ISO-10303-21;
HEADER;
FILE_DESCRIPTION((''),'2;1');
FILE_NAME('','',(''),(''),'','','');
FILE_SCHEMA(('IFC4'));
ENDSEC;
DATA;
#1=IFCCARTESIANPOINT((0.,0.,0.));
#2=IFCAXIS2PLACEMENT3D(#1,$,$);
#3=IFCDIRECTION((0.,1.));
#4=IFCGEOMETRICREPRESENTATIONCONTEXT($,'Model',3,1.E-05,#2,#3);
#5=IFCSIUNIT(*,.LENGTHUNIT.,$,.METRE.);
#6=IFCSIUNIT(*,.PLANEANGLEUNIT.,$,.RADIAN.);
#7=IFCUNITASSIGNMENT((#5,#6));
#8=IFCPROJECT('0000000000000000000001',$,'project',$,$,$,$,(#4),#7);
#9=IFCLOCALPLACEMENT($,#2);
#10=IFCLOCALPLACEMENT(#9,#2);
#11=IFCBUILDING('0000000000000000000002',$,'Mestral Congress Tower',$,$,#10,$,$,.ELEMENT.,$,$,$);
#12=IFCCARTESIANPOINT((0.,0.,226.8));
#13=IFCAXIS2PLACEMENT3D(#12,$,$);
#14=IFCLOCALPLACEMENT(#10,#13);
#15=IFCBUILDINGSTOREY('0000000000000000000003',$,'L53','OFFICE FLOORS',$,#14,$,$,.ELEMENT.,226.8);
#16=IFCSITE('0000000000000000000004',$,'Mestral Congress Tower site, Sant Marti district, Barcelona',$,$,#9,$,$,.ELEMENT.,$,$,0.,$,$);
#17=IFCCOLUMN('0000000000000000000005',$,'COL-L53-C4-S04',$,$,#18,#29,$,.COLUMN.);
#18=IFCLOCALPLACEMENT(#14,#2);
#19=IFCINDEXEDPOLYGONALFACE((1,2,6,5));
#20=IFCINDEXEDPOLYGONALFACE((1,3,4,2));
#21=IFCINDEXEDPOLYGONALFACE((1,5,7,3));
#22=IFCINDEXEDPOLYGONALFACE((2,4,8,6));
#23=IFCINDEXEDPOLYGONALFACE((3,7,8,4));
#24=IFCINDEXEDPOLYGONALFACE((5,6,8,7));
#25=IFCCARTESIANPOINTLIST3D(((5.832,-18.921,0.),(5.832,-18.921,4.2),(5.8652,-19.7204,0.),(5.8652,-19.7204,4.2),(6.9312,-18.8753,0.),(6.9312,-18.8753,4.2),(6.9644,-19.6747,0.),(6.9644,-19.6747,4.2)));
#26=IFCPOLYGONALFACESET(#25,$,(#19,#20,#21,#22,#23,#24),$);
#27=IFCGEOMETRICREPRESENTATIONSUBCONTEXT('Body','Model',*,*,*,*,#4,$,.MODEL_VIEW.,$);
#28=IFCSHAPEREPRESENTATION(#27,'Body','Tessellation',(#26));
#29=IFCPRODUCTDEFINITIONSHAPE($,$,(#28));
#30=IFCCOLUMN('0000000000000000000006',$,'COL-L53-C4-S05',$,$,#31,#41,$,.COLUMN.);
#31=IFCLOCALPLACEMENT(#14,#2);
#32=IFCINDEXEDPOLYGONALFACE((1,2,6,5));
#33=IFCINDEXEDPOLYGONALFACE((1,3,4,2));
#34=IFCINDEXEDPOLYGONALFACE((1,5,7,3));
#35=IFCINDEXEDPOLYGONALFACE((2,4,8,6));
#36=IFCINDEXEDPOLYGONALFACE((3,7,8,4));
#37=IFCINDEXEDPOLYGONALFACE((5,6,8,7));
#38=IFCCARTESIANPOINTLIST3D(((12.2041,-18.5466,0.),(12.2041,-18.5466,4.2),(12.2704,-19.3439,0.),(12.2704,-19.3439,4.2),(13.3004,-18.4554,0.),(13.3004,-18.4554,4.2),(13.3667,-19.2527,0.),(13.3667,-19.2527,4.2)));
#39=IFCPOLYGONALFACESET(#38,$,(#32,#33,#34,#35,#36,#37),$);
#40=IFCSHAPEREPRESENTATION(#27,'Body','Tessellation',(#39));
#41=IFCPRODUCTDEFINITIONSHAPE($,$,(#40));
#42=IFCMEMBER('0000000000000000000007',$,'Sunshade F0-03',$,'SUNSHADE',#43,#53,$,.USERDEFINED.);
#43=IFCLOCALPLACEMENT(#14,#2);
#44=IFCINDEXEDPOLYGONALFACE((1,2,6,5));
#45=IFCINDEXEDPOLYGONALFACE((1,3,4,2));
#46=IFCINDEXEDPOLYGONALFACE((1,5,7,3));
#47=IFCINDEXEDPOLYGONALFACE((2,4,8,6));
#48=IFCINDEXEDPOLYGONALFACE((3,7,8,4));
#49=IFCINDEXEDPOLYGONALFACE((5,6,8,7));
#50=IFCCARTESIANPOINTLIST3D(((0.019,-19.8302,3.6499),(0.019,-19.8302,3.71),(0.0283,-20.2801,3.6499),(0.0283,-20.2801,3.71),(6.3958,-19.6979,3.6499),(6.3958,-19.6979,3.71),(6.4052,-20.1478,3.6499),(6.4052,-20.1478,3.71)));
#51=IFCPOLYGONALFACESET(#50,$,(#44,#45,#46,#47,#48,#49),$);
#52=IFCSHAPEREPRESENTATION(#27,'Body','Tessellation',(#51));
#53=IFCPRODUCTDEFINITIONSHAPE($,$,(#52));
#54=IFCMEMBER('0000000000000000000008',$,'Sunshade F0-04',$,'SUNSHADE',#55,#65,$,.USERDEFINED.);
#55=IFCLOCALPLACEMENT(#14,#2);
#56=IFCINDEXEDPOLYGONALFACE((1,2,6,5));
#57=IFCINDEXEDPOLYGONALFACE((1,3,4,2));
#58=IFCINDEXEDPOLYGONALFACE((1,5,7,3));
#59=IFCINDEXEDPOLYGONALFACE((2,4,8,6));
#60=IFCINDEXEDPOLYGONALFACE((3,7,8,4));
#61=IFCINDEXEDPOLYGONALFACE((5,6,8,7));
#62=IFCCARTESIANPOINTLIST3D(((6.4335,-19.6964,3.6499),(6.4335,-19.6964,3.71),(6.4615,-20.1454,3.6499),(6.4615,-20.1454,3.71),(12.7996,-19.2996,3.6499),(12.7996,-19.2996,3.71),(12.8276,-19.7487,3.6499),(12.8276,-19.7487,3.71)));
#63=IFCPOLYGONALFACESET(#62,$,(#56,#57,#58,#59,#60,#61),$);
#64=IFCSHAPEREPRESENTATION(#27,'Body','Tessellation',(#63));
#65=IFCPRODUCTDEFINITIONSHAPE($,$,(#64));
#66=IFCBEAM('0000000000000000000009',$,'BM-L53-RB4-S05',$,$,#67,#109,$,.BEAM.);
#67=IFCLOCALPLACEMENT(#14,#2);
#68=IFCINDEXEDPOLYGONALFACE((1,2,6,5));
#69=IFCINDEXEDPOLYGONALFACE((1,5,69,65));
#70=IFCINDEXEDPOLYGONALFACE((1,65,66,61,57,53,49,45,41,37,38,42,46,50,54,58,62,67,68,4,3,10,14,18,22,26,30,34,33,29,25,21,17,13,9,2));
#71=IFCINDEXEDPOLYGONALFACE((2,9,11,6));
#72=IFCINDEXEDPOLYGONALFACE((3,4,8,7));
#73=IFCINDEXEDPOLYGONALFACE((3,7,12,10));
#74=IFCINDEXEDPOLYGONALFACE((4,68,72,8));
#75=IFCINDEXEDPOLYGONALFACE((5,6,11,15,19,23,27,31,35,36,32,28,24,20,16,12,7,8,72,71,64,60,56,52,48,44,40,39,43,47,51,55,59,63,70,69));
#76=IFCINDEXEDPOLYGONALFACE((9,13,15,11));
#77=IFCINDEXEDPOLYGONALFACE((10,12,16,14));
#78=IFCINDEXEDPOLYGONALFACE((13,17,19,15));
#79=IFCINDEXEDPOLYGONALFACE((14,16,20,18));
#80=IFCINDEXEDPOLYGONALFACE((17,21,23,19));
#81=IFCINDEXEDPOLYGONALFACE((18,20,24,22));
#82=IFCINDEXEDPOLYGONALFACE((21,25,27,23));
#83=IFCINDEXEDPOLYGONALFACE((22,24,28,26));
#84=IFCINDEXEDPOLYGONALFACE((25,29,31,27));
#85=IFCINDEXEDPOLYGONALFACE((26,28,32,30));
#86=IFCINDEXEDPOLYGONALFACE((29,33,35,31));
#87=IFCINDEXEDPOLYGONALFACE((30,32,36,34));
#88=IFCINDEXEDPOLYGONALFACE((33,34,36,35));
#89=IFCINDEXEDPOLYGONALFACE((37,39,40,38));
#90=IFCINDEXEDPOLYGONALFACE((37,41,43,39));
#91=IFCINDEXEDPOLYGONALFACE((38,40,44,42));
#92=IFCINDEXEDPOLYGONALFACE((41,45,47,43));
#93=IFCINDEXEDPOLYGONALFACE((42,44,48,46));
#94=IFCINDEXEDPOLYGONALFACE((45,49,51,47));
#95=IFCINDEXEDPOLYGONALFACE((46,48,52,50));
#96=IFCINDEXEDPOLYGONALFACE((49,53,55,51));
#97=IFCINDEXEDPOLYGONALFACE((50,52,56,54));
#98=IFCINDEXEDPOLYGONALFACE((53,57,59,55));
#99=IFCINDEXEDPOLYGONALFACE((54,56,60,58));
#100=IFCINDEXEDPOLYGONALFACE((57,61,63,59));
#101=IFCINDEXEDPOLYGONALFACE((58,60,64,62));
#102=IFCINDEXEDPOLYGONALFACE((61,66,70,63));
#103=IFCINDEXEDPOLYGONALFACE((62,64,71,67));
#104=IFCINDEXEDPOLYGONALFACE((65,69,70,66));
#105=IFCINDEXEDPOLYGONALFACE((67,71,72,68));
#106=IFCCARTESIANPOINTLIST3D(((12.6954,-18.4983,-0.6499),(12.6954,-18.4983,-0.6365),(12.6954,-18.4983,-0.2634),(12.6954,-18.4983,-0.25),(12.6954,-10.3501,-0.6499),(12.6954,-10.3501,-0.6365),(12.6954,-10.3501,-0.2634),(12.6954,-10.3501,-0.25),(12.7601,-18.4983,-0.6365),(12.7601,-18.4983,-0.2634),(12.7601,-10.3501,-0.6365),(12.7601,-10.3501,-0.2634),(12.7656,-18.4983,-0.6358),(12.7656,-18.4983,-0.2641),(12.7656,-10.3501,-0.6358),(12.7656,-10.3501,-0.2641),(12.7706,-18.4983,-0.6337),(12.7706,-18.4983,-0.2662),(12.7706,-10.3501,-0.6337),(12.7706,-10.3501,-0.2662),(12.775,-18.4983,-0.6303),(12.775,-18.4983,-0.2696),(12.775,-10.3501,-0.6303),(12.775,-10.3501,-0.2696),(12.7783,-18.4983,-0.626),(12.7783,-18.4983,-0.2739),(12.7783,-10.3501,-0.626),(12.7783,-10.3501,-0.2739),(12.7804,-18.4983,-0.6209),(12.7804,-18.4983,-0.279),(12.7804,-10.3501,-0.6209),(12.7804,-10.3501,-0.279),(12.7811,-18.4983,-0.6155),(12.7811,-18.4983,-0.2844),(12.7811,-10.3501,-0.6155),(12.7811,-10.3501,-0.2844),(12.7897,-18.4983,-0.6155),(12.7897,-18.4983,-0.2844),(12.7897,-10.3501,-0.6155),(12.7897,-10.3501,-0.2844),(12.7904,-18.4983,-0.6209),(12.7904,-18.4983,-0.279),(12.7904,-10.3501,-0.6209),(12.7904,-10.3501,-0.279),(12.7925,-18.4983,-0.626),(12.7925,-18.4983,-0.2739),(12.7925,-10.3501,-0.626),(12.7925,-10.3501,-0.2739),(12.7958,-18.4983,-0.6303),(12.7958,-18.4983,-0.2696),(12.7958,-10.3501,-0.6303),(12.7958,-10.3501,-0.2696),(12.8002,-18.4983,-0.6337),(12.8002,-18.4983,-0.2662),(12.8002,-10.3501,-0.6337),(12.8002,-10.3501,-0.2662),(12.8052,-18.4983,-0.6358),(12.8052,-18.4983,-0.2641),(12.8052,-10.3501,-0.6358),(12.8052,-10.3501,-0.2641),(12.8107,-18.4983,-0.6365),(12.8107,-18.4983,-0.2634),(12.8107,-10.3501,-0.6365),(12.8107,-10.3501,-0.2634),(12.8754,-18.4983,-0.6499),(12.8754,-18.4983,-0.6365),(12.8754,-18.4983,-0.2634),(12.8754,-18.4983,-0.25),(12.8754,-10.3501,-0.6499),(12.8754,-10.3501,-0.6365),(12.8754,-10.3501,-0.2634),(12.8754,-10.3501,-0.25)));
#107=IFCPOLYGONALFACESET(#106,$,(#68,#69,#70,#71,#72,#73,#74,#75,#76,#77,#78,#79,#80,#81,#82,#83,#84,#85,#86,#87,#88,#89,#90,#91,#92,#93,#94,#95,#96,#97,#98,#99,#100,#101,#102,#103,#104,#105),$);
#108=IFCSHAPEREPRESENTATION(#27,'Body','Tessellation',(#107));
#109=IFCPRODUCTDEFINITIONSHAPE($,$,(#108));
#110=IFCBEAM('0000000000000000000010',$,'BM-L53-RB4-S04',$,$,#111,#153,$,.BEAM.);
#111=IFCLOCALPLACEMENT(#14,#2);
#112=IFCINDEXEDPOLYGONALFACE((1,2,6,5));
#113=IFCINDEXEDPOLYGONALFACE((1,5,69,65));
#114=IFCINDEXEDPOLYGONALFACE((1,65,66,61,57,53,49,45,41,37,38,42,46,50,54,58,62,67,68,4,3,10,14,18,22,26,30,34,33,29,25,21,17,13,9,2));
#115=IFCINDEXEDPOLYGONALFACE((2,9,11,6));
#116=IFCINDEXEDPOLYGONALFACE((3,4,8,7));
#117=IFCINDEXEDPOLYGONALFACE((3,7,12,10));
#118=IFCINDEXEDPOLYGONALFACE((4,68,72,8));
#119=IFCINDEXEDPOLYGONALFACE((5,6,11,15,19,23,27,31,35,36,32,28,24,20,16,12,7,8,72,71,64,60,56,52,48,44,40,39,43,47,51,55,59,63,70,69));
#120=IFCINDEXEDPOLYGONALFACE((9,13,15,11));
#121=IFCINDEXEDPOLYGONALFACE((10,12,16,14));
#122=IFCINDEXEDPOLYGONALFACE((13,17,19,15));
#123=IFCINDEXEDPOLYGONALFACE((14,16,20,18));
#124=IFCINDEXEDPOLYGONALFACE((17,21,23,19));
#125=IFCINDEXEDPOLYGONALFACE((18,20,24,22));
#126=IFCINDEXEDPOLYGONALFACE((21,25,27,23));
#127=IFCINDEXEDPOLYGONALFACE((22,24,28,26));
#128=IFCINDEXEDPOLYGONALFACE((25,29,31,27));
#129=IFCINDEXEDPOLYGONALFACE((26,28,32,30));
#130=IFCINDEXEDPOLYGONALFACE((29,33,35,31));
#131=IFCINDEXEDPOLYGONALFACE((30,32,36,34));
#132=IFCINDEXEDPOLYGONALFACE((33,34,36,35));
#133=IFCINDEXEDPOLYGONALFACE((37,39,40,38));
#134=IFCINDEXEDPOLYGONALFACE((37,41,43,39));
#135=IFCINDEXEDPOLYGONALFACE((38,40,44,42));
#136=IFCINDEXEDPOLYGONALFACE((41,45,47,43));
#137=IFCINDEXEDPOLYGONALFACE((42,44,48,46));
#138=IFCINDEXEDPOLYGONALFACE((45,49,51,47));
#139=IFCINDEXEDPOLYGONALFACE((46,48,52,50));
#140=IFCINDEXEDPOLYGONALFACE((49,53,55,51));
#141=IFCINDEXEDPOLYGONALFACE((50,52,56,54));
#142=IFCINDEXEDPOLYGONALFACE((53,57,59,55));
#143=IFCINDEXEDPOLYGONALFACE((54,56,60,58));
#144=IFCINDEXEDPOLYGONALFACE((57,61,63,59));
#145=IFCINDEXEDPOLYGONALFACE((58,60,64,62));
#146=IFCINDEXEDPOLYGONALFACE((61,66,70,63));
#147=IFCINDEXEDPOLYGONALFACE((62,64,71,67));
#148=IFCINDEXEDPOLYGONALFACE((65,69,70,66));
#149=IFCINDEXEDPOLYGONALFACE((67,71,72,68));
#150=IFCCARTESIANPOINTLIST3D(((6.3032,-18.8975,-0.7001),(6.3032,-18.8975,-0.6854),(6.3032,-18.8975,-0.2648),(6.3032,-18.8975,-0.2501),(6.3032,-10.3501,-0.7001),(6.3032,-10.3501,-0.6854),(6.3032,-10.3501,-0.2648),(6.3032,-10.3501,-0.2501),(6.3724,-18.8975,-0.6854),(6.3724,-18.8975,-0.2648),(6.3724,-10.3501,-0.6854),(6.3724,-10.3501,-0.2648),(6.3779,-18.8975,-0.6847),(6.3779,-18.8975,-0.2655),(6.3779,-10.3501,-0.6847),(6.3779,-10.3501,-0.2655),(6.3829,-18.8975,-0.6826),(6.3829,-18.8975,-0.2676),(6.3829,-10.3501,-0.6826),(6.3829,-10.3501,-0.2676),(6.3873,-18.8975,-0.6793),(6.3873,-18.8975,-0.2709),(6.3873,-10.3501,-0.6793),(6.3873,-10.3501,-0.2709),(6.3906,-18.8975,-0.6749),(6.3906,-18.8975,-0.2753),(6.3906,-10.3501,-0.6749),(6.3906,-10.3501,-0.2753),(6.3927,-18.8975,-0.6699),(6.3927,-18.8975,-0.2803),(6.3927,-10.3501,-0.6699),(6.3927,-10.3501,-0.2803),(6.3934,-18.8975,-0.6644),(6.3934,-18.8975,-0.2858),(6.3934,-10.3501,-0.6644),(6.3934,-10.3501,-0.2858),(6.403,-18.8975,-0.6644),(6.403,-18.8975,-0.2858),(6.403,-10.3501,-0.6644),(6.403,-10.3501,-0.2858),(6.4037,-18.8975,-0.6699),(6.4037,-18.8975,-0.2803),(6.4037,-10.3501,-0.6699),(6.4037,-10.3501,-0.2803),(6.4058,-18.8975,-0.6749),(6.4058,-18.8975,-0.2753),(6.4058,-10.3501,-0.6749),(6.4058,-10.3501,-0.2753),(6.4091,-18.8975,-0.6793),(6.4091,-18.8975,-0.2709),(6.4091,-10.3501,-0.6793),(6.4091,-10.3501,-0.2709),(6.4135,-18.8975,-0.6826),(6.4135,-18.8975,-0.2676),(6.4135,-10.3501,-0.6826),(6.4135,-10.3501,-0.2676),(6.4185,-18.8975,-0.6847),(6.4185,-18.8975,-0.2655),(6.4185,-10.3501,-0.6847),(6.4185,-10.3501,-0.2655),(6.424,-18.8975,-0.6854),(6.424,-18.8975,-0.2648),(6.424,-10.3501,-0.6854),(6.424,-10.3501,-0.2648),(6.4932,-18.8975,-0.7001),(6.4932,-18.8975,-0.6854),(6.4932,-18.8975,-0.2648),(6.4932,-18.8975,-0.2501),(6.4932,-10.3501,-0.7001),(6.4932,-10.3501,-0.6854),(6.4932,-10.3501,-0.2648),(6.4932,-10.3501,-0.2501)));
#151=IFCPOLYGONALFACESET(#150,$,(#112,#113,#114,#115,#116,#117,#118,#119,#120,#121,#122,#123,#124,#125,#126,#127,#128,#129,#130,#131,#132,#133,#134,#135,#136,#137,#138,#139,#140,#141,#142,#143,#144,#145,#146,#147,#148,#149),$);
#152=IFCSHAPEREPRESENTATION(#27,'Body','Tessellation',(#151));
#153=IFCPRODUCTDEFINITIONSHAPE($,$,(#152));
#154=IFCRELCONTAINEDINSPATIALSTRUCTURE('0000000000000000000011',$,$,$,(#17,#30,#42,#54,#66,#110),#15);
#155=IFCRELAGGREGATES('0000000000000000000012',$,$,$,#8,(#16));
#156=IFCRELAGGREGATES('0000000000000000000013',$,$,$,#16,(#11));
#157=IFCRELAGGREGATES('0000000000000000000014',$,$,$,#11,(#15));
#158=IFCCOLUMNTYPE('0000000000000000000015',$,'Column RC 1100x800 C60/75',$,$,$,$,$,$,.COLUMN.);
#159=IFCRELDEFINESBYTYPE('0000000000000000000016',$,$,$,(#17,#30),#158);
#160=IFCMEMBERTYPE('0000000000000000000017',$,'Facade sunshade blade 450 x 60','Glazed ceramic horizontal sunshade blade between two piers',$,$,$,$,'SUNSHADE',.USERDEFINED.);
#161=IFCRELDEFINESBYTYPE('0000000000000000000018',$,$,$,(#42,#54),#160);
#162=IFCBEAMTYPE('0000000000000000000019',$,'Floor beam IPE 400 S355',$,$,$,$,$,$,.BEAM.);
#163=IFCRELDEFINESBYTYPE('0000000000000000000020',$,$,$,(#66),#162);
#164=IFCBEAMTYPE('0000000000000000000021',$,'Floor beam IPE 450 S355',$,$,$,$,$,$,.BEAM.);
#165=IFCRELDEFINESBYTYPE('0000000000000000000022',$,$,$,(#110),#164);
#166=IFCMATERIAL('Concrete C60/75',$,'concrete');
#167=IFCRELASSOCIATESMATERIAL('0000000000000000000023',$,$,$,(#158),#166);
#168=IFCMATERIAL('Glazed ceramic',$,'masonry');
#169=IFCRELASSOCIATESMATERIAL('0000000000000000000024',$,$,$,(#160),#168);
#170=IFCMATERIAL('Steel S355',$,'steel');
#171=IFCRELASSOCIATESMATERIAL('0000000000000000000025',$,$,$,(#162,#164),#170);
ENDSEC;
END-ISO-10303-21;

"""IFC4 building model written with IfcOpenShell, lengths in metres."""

from ifc_helpers import new_model, si_unit, direction, frame, origin, origin_2d, place, context, subcontext, project, spatial, rectangle, i_section, extrude, material, material_profile, profile_set, type_object, element, save


model = new_model("IFC4")

# Units and contexts
model_context = context("Model", 3, precision=1e-05, world=origin(), true_north=direction((0.0, 1.0)))
body_context = subcontext(model_context, "Body", "Model", "MODEL_VIEW")
ifc_project = project(units=[si_unit("LENGTHUNIT", "METRE"), si_unit("PLANEANGLEUNIT", "RADIAN")], contexts=[model_context])

# Site, building, storey
site_placement = place(None, origin())
site = spatial("IfcSite", under=ifc_project, at=site_placement, Name="Mestral Congress Tower site, Sant Marti district, Barcelona", CompositionType="ELEMENT", RefElevation=0.0)
building_placement = place(site_placement, origin())
building = spatial("IfcBuilding", under=site, at=building_placement, Name="Mestral Congress Tower", CompositionType="ELEMENT")
storey_placement = place(building_placement, frame((0.0, 0.0, 226.8)))
storey = spatial("IfcBuildingStorey", under=building, at=storey_placement, Name="L53", Description="OFFICE FLOORS", CompositionType="ELEMENT", Elevation=226.8)

# Columns
ifc_material_1 = material(Name="Concrete C60/75", Category="concrete")
ifc_material_profile_1 = material_profile(ifc_material_1, rectangle(XDim=1.1001, YDim=0.8, at=origin_2d()), Name="RC 1100x800")
ifc_profile_set_1 = profile_set([ifc_material_profile_1], Name="Concrete C60/75")
column_type = type_object("IfcColumnType", Name="Column RC 1100x800 C60/75", PredefinedType="COLUMN", material=ifc_profile_set_1)
for number, where, z_axis, x_axis, name in (
    (1, (6.3982, -19.2979, 0.0), (0.0, 0.0, 1.0), (0.999139, 0.041492, 0.0), "COL-L53-C4-S04"),
    (2, (12.7854, -18.8997, 0.0), (0.0, 0.0, 1.0), (0.996557, 0.082914, 0.0), "COL-L53-C4-S05"),
):
    element("IfcColumn", number, at=place(storey_placement, frame(where, z_axis=z_axis, x_axis=x_axis)), inside=storey, type_object=column_type, Name=name, PredefinedType="COLUMN", context=body_context, shape_type="SweptSolid", body=[
        extrude(rectangle(XDim=1.1001, YDim=0.8, at=origin_2d()), origin(), (0.0, 0.0, 1.0), 4.2),
    ])

# Members
ifc_material_2 = material(Name="Glazed ceramic", Category="masonry")
ifc_material_profile_2 = material_profile(ifc_material_2, rectangle(XDim=0.45, YDim=0.0601, at=origin_2d()), Name="Ceramic blade 450 x 60")
ifc_profile_set_2 = profile_set([ifc_material_profile_2], Name="Glazed ceramic")
member_type = type_object("IfcMemberType", Name="Facade sunshade blade 450 x 60", Description="Glazed ceramic horizontal sunshade blade between two piers", ElementType="SUNSHADE", PredefinedType="USERDEFINED", material=ifc_profile_set_2)
member_1_placement = place(storey_placement, frame((0.0237, -20.0552, 3.6799), z_axis=(0.999785, 0.020747, 0.0), x_axis=(-0.020747, 0.999785, 0.0)))
element("IfcMember", 3, at=member_1_placement, inside=storey, type_object=member_type, Name="Sunshade F0-03", ObjectType="SUNSHADE", PredefinedType="USERDEFINED", context=body_context, shape_type="SweptSolid", body=[
    extrude(rectangle(XDim=0.45, YDim=0.0601, at=origin_2d()), origin(), (0.0, 0.0, 1.0), 6.3782),
])
member_2_placement = place(storey_placement, frame((6.4475, -19.9209, 3.6799), z_axis=(0.998064, 0.0622, 0.0), x_axis=(-0.0622, 0.998064, 0.0)))
element("IfcMember", 4, at=member_2_placement, inside=storey, type_object=member_type, Name="Sunshade F0-04", ObjectType="SUNSHADE", PredefinedType="USERDEFINED", context=body_context, shape_type="SweptSolid", body=[
    extrude(rectangle(XDim=0.45, YDim=0.0601, at=origin_2d()), origin(), (0.0, 0.0, 1.0), 6.3784),
])

# Beams
ifc_material_3 = material(Name="Steel S355", Category="steel")
ifc_material_profile_3 = material_profile(ifc_material_3, i_section(OverallWidth=0.1799, OverallDepth=0.3999, WebThickness=0.0085, FlangeThickness=0.0134, FilletRadius=0.021, at=origin_2d()), Name="IPE 400")
ifc_profile_set_3 = profile_set([ifc_material_profile_3], Name="Steel S355")
beam_type_1 = type_object("IfcBeamType", Name="Floor beam IPE 400 S355", PredefinedType="BEAM", material=ifc_profile_set_3)
beam_1_placement = place(storey_placement, frame((12.7854, -18.4983, -0.45), z_axis=(0.0, 1.0, 0.0), x_axis=(-1.0, 0.0, 0.0)))
element("IfcBeam", 5, at=beam_1_placement, inside=storey, type_object=beam_type_1, Name="BM-L53-RB4-S05", PredefinedType="BEAM", context=body_context, shape_type="SweptSolid", body=[
    extrude(i_section(OverallWidth=0.1799, OverallDepth=0.3999, WebThickness=0.0085, FlangeThickness=0.0134, FilletRadius=0.021, at=origin_2d()), origin(), (0.0, 0.0, 1.0), 8.1482),
])
ifc_material_profile_4 = material_profile(ifc_material_3, i_section(OverallWidth=0.1899, OverallDepth=0.45, WebThickness=0.0095, FlangeThickness=0.0146, FilletRadius=0.021, at=origin_2d()), Name="IPE 450")
ifc_profile_set_4 = profile_set([ifc_material_profile_4], Name="Steel S355")
beam_type_2 = type_object("IfcBeamType", Name="Floor beam IPE 450 S355", PredefinedType="BEAM", material=ifc_profile_set_4)
beam_2_placement = place(storey_placement, frame((6.3982, -18.8975, -0.4751), z_axis=(0.0, 1.0, 0.0), x_axis=(-1.0, 0.0, 0.0)))
element("IfcBeam", 6, at=beam_2_placement, inside=storey, type_object=beam_type_2, Name="BM-L53-RB4-S04", PredefinedType="BEAM", context=body_context, shape_type="SweptSolid", body=[
    extrude(i_section(OverallWidth=0.1899, OverallDepth=0.45, WebThickness=0.0095, FlangeThickness=0.0146, FilletRadius=0.021, at=origin_2d()), origin(), (0.0, 0.0, 1.0), 8.5474),
])

save(model, "model.ifc")
